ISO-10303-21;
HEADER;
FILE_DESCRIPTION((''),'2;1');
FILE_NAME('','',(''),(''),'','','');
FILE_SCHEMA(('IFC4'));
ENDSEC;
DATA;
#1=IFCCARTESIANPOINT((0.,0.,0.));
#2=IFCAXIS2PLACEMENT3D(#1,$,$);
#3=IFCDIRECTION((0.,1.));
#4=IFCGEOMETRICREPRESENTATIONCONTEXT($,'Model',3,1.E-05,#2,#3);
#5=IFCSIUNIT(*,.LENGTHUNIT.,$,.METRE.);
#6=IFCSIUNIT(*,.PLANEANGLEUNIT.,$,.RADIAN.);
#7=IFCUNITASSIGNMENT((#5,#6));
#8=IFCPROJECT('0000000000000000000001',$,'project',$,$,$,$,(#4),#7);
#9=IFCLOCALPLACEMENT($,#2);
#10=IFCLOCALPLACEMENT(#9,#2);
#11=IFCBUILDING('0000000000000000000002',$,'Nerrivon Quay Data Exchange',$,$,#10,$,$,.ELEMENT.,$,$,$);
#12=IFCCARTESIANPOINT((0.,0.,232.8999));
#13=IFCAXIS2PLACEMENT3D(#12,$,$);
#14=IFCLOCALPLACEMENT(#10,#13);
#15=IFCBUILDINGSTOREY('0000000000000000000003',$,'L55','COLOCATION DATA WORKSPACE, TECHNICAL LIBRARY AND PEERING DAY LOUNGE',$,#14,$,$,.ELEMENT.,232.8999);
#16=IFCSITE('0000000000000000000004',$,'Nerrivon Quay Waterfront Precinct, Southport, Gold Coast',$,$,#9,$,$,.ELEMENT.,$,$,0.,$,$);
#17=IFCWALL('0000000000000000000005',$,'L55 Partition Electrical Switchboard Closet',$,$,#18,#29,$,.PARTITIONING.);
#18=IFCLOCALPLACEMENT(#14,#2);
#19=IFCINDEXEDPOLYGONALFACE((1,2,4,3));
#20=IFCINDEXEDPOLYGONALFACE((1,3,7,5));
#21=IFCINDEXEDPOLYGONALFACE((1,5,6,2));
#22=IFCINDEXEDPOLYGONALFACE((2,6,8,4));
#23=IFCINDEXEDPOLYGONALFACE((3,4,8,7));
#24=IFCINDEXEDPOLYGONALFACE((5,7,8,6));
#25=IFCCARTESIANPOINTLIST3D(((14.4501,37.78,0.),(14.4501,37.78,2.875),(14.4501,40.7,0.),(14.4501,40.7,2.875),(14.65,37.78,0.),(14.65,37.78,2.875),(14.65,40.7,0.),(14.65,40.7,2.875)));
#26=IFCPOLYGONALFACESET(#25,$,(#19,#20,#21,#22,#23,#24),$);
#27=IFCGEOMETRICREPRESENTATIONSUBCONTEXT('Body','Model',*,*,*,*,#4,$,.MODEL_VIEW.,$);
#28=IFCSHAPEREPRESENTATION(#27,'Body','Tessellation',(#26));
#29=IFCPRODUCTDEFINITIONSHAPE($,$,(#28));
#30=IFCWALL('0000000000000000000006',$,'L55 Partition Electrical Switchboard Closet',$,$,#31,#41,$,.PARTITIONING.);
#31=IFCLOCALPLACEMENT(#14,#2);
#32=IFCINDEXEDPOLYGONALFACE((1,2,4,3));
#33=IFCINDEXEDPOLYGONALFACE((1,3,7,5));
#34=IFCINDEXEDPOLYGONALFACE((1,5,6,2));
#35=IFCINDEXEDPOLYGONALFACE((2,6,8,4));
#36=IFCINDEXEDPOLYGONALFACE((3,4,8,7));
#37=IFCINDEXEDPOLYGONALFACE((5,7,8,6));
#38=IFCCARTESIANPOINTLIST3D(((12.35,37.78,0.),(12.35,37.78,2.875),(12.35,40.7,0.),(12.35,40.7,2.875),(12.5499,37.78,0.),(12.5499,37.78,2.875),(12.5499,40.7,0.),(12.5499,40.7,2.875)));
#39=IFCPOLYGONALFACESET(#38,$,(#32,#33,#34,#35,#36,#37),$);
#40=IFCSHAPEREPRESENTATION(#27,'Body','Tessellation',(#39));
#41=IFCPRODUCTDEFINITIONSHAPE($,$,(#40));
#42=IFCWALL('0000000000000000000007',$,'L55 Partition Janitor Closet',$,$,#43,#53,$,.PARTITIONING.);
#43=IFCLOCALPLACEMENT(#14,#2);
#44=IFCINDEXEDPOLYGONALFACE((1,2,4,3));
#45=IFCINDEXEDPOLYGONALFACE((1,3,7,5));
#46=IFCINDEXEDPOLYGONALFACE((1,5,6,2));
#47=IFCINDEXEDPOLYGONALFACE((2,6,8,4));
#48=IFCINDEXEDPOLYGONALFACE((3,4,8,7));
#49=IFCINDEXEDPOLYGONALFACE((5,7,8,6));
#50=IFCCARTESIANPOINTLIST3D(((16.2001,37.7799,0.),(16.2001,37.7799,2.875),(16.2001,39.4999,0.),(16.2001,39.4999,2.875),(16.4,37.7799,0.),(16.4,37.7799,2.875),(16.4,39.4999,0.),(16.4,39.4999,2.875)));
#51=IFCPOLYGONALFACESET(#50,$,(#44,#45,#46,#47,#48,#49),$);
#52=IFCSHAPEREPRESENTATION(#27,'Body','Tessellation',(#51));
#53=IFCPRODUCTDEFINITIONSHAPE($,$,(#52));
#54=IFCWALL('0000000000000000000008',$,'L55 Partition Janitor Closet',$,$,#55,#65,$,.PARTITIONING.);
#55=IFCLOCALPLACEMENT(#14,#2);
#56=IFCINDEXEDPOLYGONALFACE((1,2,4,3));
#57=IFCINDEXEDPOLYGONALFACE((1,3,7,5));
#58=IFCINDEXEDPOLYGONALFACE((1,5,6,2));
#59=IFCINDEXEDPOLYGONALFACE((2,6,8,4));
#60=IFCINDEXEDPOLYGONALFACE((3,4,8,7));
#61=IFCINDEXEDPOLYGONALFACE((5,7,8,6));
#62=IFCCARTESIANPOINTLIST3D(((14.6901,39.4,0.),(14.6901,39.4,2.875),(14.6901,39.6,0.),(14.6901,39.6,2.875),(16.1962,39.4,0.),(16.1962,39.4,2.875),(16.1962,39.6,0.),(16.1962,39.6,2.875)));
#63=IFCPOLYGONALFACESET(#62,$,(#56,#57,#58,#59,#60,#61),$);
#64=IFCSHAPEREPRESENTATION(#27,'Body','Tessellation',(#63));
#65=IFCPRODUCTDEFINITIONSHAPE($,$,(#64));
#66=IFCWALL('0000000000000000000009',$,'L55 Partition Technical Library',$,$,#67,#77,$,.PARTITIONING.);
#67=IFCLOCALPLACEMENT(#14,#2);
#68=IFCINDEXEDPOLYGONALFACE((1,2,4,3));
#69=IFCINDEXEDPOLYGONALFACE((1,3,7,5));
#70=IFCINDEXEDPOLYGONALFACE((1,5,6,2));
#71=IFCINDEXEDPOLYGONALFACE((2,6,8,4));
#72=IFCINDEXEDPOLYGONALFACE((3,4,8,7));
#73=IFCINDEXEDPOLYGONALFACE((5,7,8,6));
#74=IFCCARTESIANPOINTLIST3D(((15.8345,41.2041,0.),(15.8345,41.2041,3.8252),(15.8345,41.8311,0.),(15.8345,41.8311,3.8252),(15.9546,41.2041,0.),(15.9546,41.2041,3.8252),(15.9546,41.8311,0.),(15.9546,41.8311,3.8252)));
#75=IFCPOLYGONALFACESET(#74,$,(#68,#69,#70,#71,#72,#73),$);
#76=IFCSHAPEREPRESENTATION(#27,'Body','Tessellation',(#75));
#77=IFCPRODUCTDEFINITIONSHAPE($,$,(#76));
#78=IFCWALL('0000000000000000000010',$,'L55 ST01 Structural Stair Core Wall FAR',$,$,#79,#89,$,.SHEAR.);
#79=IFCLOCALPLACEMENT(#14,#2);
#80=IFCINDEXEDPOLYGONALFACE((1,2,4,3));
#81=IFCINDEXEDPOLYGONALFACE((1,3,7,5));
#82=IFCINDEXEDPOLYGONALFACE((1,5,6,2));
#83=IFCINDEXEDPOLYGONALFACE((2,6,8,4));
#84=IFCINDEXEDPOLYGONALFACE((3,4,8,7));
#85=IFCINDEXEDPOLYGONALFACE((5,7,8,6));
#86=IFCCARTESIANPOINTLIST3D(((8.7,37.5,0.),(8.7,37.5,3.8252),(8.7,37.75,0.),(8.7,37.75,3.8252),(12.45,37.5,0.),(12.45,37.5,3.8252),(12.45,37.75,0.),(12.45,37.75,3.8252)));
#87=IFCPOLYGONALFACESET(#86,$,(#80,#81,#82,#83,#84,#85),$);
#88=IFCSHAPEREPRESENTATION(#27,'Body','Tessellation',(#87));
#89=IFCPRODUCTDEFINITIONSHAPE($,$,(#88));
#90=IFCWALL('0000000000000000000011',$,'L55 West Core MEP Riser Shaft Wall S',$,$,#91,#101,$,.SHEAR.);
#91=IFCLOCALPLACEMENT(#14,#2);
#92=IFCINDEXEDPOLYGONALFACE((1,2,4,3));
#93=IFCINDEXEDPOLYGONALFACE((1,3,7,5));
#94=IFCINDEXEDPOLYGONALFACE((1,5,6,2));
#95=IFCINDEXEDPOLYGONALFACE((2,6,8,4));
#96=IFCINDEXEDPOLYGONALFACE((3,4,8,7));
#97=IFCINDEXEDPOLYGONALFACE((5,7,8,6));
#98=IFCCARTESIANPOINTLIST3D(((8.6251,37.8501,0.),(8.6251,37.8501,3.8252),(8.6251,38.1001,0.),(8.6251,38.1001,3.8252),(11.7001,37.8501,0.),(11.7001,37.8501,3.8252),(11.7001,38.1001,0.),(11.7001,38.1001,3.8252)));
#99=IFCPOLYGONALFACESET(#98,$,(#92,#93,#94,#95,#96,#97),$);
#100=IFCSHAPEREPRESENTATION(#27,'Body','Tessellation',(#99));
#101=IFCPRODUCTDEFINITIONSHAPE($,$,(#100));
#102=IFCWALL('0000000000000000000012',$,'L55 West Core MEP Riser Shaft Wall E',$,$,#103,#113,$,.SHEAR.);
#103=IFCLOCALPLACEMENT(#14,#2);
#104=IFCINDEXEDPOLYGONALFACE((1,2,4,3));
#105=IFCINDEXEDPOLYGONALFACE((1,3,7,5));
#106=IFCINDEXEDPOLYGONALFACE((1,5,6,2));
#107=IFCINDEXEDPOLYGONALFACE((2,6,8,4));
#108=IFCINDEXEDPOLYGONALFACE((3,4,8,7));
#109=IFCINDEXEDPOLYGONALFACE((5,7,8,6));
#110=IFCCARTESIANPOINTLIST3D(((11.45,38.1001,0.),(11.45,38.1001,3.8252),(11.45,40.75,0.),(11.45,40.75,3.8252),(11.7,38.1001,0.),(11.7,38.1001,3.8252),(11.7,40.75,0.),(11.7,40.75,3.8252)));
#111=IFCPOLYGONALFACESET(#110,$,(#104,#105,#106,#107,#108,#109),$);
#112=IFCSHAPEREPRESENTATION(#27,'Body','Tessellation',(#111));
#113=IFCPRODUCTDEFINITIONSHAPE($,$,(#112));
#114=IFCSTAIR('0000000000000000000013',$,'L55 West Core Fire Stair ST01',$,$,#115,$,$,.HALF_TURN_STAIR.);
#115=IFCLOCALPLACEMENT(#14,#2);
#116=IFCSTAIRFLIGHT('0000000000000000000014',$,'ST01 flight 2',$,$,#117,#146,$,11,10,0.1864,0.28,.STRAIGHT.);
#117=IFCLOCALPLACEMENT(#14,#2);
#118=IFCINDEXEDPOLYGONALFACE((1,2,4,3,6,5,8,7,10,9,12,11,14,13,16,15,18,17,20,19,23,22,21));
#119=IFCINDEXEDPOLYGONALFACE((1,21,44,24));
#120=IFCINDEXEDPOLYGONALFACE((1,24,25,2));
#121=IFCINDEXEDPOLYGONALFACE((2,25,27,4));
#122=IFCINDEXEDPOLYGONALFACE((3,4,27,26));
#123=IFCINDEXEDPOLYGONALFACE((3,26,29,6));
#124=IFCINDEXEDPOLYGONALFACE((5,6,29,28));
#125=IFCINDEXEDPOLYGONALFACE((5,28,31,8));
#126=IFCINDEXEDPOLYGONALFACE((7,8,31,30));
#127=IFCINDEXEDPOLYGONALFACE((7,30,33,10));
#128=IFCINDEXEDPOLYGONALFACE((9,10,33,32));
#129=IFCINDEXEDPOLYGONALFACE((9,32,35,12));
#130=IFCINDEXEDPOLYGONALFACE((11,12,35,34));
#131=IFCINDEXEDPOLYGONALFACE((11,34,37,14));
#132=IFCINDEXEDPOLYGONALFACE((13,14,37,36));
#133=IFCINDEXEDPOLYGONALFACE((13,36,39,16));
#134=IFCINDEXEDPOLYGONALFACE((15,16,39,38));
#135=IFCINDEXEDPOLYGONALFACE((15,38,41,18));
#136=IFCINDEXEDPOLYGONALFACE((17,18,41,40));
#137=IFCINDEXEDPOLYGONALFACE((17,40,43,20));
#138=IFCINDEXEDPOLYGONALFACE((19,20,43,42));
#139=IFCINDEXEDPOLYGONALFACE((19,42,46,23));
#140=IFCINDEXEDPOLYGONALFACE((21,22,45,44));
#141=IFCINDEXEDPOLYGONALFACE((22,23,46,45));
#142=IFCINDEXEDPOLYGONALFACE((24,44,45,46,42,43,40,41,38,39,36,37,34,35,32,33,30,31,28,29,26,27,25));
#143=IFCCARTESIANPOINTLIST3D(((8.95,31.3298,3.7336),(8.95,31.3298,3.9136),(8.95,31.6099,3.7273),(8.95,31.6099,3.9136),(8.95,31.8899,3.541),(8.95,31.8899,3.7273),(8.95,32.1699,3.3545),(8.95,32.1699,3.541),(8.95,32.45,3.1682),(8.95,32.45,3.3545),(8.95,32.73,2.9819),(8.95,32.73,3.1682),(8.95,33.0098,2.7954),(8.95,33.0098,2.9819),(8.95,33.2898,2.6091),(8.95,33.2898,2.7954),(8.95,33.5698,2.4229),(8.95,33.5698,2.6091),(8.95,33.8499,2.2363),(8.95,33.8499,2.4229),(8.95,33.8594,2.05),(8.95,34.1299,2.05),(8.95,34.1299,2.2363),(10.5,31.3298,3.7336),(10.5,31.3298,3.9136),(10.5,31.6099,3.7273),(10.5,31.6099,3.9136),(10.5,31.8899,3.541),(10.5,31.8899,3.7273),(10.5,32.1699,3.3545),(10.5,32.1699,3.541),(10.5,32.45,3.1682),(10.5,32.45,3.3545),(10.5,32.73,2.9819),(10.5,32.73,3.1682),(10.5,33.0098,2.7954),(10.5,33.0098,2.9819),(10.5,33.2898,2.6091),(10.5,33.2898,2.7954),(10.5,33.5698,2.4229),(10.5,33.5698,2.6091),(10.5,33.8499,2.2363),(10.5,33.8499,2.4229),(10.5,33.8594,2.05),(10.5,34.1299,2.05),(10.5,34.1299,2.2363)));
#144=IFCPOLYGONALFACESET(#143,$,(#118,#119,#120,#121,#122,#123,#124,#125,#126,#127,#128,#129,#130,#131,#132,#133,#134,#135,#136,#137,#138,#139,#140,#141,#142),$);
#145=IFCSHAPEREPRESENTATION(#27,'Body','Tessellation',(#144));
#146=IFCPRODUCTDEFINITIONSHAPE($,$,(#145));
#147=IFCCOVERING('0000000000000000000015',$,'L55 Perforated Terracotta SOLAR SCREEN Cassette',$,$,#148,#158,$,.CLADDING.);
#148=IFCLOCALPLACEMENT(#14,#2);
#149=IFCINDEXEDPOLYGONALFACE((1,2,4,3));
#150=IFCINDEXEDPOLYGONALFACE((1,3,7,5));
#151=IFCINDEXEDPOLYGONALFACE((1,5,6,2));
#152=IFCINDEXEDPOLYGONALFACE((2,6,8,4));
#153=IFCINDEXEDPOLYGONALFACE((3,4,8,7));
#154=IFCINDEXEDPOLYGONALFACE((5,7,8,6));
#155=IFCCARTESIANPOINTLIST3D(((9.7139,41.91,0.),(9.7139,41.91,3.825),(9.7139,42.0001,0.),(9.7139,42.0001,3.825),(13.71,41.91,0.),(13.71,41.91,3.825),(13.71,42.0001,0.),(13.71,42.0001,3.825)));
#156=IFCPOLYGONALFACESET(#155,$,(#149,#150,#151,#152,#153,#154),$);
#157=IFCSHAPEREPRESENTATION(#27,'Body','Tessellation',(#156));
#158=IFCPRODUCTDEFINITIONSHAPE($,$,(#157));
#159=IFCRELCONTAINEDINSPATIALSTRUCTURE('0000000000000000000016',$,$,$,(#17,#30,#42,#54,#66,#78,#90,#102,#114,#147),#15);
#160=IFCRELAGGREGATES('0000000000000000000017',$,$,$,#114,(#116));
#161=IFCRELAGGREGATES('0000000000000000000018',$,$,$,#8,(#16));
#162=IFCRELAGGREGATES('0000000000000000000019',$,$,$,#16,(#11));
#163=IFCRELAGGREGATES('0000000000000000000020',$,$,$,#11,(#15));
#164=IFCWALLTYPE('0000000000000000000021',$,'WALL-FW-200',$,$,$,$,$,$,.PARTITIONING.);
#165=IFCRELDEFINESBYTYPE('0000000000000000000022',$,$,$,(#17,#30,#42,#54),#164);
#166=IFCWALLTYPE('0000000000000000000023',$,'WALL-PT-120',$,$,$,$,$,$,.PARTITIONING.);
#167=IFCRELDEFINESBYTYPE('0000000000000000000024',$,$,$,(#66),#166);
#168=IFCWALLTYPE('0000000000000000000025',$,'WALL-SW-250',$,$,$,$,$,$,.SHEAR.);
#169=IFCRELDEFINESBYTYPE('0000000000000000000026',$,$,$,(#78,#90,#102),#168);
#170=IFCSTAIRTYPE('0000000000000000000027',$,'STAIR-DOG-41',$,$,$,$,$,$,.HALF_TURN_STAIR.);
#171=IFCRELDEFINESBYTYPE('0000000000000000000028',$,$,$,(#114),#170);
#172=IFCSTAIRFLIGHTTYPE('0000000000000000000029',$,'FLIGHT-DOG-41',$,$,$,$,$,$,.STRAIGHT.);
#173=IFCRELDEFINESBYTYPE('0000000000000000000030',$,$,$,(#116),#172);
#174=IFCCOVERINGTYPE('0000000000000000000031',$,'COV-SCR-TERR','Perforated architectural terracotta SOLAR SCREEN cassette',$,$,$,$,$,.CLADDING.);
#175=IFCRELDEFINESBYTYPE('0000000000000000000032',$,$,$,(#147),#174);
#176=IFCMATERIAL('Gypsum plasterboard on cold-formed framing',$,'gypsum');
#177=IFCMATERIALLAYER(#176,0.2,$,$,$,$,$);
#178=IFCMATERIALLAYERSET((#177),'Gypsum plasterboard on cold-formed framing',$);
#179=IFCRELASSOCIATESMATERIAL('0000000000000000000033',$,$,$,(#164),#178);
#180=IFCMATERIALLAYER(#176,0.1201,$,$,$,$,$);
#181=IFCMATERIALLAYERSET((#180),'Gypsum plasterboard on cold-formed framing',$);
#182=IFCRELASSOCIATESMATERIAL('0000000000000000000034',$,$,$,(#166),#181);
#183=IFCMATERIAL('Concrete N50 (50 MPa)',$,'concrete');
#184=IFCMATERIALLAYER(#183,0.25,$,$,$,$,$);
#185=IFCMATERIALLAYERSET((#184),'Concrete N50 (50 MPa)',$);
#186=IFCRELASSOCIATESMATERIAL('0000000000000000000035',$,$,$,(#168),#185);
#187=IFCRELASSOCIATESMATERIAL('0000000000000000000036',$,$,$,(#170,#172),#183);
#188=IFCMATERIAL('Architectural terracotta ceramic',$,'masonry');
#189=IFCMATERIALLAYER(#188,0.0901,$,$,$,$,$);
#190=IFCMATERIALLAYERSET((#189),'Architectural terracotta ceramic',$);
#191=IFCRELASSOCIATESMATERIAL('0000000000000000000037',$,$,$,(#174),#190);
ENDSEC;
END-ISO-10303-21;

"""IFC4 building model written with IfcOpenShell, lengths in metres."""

from ifc_helpers import new_model, si_unit, direction, frame, frame_2d, origin, origin_2d, place, context, subcontext, project, spatial, polyline, rectangle, outline, extrude, material, layer, layer_set, type_object, element, aggregate, save


model = new_model("IFC4")

# Units and contexts
model_context = context("Model", 3, precision=1e-05, world=origin(), true_north=direction((0.0, 1.0)))
body_context = subcontext(model_context, "Body", "Model", "MODEL_VIEW")
ifc_project = project(units=[si_unit("LENGTHUNIT", "METRE"), si_unit("PLANEANGLEUNIT", "RADIAN")], contexts=[model_context])

# Site, building, storey
site_placement = place(None, origin())
site = spatial("IfcSite", under=ifc_project, at=site_placement, Name="Nerrivon Quay Waterfront Precinct, Southport, Gold Coast", CompositionType="ELEMENT", RefElevation=0.0)
building_placement = place(site_placement, origin())
building = spatial("IfcBuilding", under=site, at=building_placement, Name="Nerrivon Quay Data Exchange", CompositionType="ELEMENT")
storey_placement = place(building_placement, frame((0.0, 0.0, 232.8999)))
storey = spatial("IfcBuildingStorey", under=building, at=storey_placement, Name="L55", Description="COLOCATION DATA WORKSPACE, TECHNICAL LIBRARY AND PEERING DAY LOUNGE", CompositionType="ELEMENT", Elevation=232.8999)

# Shared definitions
ifc_material_1 = material(Name="Concrete N50 (50 MPa)", Category="concrete")

# Walls
ifc_material_2 = material(Name="Gypsum plasterboard on cold-formed framing", Category="gypsum")
ifc_layer_1 = layer(ifc_material_2, 0.2)
ifc_layer_set_1 = layer_set([ifc_layer_1], Name="Gypsum plasterboard on cold-formed framing")
wall_type_1 = type_object("IfcWallType", Name="WALL-FW-200", PredefinedType="PARTITIONING", material=ifc_layer_set_1)
for number, where, z_axis, x_axis, name in (
    (1, (14.55, 37.78, 0.0), (0.0, 0.0, 1.0), (0.0, 1.0, 0.0), "L55 Partition Electrical Switchboard Closet"),
    (2, (12.45, 40.7, 0.0), (0.0, 0.0, 1.0), (0.0, -1.0, 0.0), "L55 Partition Electrical Switchboard Closet"),
):
    element("IfcWall", number, at=place(storey_placement, frame(where, z_axis=z_axis, x_axis=x_axis)), inside=storey, type_object=wall_type_1, Name=name, PredefinedType="PARTITIONING", context=body_context, shape_type="SweptSolid", body=[
        extrude(rectangle(XDim=2.9199, YDim=0.2, at=frame_2d((1.46, 0.0))), origin(), (0.0, 0.0, 1.0), 2.875),
    ])
wall_1_placement = place(storey_placement, frame((16.3, 37.78, 0.0), z_axis=(0.0, 0.0, 1.0), x_axis=(0.0, 1.0, 0.0)))
element("IfcWall", 3, at=wall_1_placement, inside=storey, type_object=wall_type_1, Name="L55 Partition Janitor Closet", PredefinedType="PARTITIONING", context=body_context, shape_type="SweptSolid", body=[
    extrude(rectangle(XDim=1.72, YDim=0.2, at=frame_2d((0.8599, 0.0))), origin(), (0.0, 0.0, 1.0), 2.875),
])
wall_2_placement = place(storey_placement, frame((16.196, 39.5, 0.0), z_axis=(0.0, 0.0, 1.0), x_axis=(-1.0, 0.0, 0.0)))
element("IfcWall", 4, at=wall_2_placement, inside=storey, type_object=wall_type_1, Name="L55 Partition Janitor Closet", PredefinedType="PARTITIONING", context=body_context, shape_type="SweptSolid", body=[
    extrude(rectangle(XDim=1.5061, YDim=0.2, at=frame_2d((0.7529, 0.0))), origin(), (0.0, 0.0, 1.0), 2.875),
])
ifc_layer_2 = layer(ifc_material_2, 0.1201)
ifc_layer_set_2 = layer_set([ifc_layer_2], Name="Gypsum plasterboard on cold-formed framing")
wall_type_2 = type_object("IfcWallType", Name="WALL-PT-120", PredefinedType="PARTITIONING", material=ifc_layer_set_2)
wall_3_placement = place(storey_placement, frame((15.8945, 41.2041, 0.0), z_axis=(0.0, 0.0, 1.0), x_axis=(0.0, 1.0, 0.0)))
element("IfcWall", 5, at=wall_3_placement, inside=storey, type_object=wall_type_2, Name="L55 Partition Technical Library", PredefinedType="PARTITIONING", context=body_context, shape_type="SweptSolid", body=[
    extrude(rectangle(XDim=0.627, YDim=0.1201, at=frame_2d((0.3135, 0.0))), origin(), (0.0, 0.0, 1.0), 3.8252),
])
ifc_layer_3 = layer(ifc_material_1, 0.25)
ifc_layer_set_3 = layer_set([ifc_layer_3], Name="Concrete N50 (50 MPa)")
wall_type_3 = type_object("IfcWallType", Name="WALL-SW-250", PredefinedType="SHEAR", material=ifc_layer_set_3)
wall_4_placement = place(storey_placement, frame((12.45, 37.625, 0.0), z_axis=(0.0, 0.0, 1.0), x_axis=(-1.0, 0.0, 0.0)))
element("IfcWall", 6, at=wall_4_placement, inside=storey, type_object=wall_type_3, Name="L55 ST01 Structural Stair Core Wall FAR", PredefinedType="SHEAR", context=body_context, shape_type="SweptSolid", body=[
    extrude(rectangle(XDim=3.75, YDim=0.25, at=frame_2d((1.875, 0.0))), origin(), (0.0, 0.0, 1.0), 3.8252),
])
wall_5_placement = place(storey_placement, frame((8.625, 37.9751, 0.0), z_axis=(0.0, 0.0, 1.0), x_axis=(1.0, 0.0, 0.0)))
element("IfcWall", 7, at=wall_5_placement, inside=storey, type_object=wall_type_3, Name="L55 West Core MEP Riser Shaft Wall S", PredefinedType="SHEAR", context=body_context, shape_type="SweptSolid", body=[
    extrude(rectangle(XDim=3.075, YDim=0.25, at=frame_2d((1.5376, 0.0))), origin(), (0.0, 0.0, 1.0), 3.8252),
])
wall_6_placement = place(storey_placement, frame((11.575, 38.1001, 0.0), z_axis=(0.0, 0.0, 1.0), x_axis=(0.0, 1.0, 0.0)))
element("IfcWall", 8, at=wall_6_placement, inside=storey, type_object=wall_type_3, Name="L55 West Core MEP Riser Shaft Wall E", PredefinedType="SHEAR", context=body_context, shape_type="SweptSolid", body=[
    extrude(rectangle(XDim=2.6499, YDim=0.25, at=frame_2d((1.325, 0.0))), origin(), (0.0, 0.0, 1.0), 3.8252),
])

# Stair, stair flight
stair_type = type_object("IfcStairType", Name="STAIR-DOG-41", PredefinedType="HALF_TURN_STAIR", material=ifc_material_1)
stair_placement = place(storey_placement, origin())
stair = element("IfcStair", 9, at=stair_placement, inside=storey, type_object=stair_type, Name="L55 West Core Fire Stair ST01", PredefinedType="HALF_TURN_STAIR")
stair_flight_type = type_object("IfcStairFlightType", Name="FLIGHT-DOG-41", PredefinedType="STRAIGHT", material=ifc_material_1)
stair_flight_placement = place(storey_placement, frame((9.7251, 34.1299, 2.05), z_axis=(0.0, 0.0, 1.0), x_axis=(0.0, -1.0, 0.0)))
stair_flight = element("IfcStairFlight", 10, at=stair_flight_placement, type_object=stair_flight_type, Name="ST01 flight 2", NumberOfRisers=11, NumberOfTreads=10, PredefinedType="STRAIGHT", RiserHeight=0.1864, TreadLength=0.28, context=body_context, shape_type="SweptSolid", body=[
    extrude(outline(polyline([(0.0, 0.0), (0.0, 0.1863), (0.28, 0.1863), (0.28, 0.3728), (0.5601, 0.3728), (0.5601, 0.5591), (0.8401, 0.5591), (0.8401, 0.7454), (1.1201, 0.7454), (1.1201, 0.9319), (1.3999, 0.9319), (1.3999, 1.1182), (1.6799, 1.1182), (1.6799, 1.3044), (1.96, 1.3044), (1.96, 1.491), (2.24, 1.491), (2.24, 1.6772), (2.52, 1.6772), (2.52, 1.8635), (2.8, 1.8635), (2.8, 2.05), (2.8, 1.6836), (0.2705, 0.0), (0.0, 0.0)])), frame((0.0, 0.7749, 0.0), z_axis=(0.0, -1.0, 0.0), x_axis=(1.0, 0.0, 0.0)), (0.0, 0.0, 1.0), 1.55),
])
aggregate(stair, [stair_flight])

# Covering
ifc_material_3 = material(Name="Architectural terracotta ceramic", Category="masonry")
ifc_layer_4 = layer(ifc_material_3, 0.0901)
ifc_layer_set_4 = layer_set([ifc_layer_4], Name="Architectural terracotta ceramic")
covering_type = type_object("IfcCoveringType", Name="COV-SCR-TERR", Description="Perforated architectural terracotta SOLAR SCREEN cassette", PredefinedType="CLADDING", material=ifc_layer_set_4)
covering_placement = place(storey_placement, frame((11.7119, 41.9551, 0.0), z_axis=(0.0, 0.0, 1.0), x_axis=(1.0, 0.0, 0.0)))
element("IfcCovering", 11, at=covering_placement, inside=storey, type_object=covering_type, Name="L55 Perforated Terracotta SOLAR SCREEN Cassette", PredefinedType="CLADDING", context=body_context, shape_type="SweptSolid", body=[
    extrude(rectangle(XDim=3.9961, YDim=0.0901, at=origin_2d()), origin(), (0.0, 0.0, 1.0), 3.825),
])

save(model, "model.ifc")
